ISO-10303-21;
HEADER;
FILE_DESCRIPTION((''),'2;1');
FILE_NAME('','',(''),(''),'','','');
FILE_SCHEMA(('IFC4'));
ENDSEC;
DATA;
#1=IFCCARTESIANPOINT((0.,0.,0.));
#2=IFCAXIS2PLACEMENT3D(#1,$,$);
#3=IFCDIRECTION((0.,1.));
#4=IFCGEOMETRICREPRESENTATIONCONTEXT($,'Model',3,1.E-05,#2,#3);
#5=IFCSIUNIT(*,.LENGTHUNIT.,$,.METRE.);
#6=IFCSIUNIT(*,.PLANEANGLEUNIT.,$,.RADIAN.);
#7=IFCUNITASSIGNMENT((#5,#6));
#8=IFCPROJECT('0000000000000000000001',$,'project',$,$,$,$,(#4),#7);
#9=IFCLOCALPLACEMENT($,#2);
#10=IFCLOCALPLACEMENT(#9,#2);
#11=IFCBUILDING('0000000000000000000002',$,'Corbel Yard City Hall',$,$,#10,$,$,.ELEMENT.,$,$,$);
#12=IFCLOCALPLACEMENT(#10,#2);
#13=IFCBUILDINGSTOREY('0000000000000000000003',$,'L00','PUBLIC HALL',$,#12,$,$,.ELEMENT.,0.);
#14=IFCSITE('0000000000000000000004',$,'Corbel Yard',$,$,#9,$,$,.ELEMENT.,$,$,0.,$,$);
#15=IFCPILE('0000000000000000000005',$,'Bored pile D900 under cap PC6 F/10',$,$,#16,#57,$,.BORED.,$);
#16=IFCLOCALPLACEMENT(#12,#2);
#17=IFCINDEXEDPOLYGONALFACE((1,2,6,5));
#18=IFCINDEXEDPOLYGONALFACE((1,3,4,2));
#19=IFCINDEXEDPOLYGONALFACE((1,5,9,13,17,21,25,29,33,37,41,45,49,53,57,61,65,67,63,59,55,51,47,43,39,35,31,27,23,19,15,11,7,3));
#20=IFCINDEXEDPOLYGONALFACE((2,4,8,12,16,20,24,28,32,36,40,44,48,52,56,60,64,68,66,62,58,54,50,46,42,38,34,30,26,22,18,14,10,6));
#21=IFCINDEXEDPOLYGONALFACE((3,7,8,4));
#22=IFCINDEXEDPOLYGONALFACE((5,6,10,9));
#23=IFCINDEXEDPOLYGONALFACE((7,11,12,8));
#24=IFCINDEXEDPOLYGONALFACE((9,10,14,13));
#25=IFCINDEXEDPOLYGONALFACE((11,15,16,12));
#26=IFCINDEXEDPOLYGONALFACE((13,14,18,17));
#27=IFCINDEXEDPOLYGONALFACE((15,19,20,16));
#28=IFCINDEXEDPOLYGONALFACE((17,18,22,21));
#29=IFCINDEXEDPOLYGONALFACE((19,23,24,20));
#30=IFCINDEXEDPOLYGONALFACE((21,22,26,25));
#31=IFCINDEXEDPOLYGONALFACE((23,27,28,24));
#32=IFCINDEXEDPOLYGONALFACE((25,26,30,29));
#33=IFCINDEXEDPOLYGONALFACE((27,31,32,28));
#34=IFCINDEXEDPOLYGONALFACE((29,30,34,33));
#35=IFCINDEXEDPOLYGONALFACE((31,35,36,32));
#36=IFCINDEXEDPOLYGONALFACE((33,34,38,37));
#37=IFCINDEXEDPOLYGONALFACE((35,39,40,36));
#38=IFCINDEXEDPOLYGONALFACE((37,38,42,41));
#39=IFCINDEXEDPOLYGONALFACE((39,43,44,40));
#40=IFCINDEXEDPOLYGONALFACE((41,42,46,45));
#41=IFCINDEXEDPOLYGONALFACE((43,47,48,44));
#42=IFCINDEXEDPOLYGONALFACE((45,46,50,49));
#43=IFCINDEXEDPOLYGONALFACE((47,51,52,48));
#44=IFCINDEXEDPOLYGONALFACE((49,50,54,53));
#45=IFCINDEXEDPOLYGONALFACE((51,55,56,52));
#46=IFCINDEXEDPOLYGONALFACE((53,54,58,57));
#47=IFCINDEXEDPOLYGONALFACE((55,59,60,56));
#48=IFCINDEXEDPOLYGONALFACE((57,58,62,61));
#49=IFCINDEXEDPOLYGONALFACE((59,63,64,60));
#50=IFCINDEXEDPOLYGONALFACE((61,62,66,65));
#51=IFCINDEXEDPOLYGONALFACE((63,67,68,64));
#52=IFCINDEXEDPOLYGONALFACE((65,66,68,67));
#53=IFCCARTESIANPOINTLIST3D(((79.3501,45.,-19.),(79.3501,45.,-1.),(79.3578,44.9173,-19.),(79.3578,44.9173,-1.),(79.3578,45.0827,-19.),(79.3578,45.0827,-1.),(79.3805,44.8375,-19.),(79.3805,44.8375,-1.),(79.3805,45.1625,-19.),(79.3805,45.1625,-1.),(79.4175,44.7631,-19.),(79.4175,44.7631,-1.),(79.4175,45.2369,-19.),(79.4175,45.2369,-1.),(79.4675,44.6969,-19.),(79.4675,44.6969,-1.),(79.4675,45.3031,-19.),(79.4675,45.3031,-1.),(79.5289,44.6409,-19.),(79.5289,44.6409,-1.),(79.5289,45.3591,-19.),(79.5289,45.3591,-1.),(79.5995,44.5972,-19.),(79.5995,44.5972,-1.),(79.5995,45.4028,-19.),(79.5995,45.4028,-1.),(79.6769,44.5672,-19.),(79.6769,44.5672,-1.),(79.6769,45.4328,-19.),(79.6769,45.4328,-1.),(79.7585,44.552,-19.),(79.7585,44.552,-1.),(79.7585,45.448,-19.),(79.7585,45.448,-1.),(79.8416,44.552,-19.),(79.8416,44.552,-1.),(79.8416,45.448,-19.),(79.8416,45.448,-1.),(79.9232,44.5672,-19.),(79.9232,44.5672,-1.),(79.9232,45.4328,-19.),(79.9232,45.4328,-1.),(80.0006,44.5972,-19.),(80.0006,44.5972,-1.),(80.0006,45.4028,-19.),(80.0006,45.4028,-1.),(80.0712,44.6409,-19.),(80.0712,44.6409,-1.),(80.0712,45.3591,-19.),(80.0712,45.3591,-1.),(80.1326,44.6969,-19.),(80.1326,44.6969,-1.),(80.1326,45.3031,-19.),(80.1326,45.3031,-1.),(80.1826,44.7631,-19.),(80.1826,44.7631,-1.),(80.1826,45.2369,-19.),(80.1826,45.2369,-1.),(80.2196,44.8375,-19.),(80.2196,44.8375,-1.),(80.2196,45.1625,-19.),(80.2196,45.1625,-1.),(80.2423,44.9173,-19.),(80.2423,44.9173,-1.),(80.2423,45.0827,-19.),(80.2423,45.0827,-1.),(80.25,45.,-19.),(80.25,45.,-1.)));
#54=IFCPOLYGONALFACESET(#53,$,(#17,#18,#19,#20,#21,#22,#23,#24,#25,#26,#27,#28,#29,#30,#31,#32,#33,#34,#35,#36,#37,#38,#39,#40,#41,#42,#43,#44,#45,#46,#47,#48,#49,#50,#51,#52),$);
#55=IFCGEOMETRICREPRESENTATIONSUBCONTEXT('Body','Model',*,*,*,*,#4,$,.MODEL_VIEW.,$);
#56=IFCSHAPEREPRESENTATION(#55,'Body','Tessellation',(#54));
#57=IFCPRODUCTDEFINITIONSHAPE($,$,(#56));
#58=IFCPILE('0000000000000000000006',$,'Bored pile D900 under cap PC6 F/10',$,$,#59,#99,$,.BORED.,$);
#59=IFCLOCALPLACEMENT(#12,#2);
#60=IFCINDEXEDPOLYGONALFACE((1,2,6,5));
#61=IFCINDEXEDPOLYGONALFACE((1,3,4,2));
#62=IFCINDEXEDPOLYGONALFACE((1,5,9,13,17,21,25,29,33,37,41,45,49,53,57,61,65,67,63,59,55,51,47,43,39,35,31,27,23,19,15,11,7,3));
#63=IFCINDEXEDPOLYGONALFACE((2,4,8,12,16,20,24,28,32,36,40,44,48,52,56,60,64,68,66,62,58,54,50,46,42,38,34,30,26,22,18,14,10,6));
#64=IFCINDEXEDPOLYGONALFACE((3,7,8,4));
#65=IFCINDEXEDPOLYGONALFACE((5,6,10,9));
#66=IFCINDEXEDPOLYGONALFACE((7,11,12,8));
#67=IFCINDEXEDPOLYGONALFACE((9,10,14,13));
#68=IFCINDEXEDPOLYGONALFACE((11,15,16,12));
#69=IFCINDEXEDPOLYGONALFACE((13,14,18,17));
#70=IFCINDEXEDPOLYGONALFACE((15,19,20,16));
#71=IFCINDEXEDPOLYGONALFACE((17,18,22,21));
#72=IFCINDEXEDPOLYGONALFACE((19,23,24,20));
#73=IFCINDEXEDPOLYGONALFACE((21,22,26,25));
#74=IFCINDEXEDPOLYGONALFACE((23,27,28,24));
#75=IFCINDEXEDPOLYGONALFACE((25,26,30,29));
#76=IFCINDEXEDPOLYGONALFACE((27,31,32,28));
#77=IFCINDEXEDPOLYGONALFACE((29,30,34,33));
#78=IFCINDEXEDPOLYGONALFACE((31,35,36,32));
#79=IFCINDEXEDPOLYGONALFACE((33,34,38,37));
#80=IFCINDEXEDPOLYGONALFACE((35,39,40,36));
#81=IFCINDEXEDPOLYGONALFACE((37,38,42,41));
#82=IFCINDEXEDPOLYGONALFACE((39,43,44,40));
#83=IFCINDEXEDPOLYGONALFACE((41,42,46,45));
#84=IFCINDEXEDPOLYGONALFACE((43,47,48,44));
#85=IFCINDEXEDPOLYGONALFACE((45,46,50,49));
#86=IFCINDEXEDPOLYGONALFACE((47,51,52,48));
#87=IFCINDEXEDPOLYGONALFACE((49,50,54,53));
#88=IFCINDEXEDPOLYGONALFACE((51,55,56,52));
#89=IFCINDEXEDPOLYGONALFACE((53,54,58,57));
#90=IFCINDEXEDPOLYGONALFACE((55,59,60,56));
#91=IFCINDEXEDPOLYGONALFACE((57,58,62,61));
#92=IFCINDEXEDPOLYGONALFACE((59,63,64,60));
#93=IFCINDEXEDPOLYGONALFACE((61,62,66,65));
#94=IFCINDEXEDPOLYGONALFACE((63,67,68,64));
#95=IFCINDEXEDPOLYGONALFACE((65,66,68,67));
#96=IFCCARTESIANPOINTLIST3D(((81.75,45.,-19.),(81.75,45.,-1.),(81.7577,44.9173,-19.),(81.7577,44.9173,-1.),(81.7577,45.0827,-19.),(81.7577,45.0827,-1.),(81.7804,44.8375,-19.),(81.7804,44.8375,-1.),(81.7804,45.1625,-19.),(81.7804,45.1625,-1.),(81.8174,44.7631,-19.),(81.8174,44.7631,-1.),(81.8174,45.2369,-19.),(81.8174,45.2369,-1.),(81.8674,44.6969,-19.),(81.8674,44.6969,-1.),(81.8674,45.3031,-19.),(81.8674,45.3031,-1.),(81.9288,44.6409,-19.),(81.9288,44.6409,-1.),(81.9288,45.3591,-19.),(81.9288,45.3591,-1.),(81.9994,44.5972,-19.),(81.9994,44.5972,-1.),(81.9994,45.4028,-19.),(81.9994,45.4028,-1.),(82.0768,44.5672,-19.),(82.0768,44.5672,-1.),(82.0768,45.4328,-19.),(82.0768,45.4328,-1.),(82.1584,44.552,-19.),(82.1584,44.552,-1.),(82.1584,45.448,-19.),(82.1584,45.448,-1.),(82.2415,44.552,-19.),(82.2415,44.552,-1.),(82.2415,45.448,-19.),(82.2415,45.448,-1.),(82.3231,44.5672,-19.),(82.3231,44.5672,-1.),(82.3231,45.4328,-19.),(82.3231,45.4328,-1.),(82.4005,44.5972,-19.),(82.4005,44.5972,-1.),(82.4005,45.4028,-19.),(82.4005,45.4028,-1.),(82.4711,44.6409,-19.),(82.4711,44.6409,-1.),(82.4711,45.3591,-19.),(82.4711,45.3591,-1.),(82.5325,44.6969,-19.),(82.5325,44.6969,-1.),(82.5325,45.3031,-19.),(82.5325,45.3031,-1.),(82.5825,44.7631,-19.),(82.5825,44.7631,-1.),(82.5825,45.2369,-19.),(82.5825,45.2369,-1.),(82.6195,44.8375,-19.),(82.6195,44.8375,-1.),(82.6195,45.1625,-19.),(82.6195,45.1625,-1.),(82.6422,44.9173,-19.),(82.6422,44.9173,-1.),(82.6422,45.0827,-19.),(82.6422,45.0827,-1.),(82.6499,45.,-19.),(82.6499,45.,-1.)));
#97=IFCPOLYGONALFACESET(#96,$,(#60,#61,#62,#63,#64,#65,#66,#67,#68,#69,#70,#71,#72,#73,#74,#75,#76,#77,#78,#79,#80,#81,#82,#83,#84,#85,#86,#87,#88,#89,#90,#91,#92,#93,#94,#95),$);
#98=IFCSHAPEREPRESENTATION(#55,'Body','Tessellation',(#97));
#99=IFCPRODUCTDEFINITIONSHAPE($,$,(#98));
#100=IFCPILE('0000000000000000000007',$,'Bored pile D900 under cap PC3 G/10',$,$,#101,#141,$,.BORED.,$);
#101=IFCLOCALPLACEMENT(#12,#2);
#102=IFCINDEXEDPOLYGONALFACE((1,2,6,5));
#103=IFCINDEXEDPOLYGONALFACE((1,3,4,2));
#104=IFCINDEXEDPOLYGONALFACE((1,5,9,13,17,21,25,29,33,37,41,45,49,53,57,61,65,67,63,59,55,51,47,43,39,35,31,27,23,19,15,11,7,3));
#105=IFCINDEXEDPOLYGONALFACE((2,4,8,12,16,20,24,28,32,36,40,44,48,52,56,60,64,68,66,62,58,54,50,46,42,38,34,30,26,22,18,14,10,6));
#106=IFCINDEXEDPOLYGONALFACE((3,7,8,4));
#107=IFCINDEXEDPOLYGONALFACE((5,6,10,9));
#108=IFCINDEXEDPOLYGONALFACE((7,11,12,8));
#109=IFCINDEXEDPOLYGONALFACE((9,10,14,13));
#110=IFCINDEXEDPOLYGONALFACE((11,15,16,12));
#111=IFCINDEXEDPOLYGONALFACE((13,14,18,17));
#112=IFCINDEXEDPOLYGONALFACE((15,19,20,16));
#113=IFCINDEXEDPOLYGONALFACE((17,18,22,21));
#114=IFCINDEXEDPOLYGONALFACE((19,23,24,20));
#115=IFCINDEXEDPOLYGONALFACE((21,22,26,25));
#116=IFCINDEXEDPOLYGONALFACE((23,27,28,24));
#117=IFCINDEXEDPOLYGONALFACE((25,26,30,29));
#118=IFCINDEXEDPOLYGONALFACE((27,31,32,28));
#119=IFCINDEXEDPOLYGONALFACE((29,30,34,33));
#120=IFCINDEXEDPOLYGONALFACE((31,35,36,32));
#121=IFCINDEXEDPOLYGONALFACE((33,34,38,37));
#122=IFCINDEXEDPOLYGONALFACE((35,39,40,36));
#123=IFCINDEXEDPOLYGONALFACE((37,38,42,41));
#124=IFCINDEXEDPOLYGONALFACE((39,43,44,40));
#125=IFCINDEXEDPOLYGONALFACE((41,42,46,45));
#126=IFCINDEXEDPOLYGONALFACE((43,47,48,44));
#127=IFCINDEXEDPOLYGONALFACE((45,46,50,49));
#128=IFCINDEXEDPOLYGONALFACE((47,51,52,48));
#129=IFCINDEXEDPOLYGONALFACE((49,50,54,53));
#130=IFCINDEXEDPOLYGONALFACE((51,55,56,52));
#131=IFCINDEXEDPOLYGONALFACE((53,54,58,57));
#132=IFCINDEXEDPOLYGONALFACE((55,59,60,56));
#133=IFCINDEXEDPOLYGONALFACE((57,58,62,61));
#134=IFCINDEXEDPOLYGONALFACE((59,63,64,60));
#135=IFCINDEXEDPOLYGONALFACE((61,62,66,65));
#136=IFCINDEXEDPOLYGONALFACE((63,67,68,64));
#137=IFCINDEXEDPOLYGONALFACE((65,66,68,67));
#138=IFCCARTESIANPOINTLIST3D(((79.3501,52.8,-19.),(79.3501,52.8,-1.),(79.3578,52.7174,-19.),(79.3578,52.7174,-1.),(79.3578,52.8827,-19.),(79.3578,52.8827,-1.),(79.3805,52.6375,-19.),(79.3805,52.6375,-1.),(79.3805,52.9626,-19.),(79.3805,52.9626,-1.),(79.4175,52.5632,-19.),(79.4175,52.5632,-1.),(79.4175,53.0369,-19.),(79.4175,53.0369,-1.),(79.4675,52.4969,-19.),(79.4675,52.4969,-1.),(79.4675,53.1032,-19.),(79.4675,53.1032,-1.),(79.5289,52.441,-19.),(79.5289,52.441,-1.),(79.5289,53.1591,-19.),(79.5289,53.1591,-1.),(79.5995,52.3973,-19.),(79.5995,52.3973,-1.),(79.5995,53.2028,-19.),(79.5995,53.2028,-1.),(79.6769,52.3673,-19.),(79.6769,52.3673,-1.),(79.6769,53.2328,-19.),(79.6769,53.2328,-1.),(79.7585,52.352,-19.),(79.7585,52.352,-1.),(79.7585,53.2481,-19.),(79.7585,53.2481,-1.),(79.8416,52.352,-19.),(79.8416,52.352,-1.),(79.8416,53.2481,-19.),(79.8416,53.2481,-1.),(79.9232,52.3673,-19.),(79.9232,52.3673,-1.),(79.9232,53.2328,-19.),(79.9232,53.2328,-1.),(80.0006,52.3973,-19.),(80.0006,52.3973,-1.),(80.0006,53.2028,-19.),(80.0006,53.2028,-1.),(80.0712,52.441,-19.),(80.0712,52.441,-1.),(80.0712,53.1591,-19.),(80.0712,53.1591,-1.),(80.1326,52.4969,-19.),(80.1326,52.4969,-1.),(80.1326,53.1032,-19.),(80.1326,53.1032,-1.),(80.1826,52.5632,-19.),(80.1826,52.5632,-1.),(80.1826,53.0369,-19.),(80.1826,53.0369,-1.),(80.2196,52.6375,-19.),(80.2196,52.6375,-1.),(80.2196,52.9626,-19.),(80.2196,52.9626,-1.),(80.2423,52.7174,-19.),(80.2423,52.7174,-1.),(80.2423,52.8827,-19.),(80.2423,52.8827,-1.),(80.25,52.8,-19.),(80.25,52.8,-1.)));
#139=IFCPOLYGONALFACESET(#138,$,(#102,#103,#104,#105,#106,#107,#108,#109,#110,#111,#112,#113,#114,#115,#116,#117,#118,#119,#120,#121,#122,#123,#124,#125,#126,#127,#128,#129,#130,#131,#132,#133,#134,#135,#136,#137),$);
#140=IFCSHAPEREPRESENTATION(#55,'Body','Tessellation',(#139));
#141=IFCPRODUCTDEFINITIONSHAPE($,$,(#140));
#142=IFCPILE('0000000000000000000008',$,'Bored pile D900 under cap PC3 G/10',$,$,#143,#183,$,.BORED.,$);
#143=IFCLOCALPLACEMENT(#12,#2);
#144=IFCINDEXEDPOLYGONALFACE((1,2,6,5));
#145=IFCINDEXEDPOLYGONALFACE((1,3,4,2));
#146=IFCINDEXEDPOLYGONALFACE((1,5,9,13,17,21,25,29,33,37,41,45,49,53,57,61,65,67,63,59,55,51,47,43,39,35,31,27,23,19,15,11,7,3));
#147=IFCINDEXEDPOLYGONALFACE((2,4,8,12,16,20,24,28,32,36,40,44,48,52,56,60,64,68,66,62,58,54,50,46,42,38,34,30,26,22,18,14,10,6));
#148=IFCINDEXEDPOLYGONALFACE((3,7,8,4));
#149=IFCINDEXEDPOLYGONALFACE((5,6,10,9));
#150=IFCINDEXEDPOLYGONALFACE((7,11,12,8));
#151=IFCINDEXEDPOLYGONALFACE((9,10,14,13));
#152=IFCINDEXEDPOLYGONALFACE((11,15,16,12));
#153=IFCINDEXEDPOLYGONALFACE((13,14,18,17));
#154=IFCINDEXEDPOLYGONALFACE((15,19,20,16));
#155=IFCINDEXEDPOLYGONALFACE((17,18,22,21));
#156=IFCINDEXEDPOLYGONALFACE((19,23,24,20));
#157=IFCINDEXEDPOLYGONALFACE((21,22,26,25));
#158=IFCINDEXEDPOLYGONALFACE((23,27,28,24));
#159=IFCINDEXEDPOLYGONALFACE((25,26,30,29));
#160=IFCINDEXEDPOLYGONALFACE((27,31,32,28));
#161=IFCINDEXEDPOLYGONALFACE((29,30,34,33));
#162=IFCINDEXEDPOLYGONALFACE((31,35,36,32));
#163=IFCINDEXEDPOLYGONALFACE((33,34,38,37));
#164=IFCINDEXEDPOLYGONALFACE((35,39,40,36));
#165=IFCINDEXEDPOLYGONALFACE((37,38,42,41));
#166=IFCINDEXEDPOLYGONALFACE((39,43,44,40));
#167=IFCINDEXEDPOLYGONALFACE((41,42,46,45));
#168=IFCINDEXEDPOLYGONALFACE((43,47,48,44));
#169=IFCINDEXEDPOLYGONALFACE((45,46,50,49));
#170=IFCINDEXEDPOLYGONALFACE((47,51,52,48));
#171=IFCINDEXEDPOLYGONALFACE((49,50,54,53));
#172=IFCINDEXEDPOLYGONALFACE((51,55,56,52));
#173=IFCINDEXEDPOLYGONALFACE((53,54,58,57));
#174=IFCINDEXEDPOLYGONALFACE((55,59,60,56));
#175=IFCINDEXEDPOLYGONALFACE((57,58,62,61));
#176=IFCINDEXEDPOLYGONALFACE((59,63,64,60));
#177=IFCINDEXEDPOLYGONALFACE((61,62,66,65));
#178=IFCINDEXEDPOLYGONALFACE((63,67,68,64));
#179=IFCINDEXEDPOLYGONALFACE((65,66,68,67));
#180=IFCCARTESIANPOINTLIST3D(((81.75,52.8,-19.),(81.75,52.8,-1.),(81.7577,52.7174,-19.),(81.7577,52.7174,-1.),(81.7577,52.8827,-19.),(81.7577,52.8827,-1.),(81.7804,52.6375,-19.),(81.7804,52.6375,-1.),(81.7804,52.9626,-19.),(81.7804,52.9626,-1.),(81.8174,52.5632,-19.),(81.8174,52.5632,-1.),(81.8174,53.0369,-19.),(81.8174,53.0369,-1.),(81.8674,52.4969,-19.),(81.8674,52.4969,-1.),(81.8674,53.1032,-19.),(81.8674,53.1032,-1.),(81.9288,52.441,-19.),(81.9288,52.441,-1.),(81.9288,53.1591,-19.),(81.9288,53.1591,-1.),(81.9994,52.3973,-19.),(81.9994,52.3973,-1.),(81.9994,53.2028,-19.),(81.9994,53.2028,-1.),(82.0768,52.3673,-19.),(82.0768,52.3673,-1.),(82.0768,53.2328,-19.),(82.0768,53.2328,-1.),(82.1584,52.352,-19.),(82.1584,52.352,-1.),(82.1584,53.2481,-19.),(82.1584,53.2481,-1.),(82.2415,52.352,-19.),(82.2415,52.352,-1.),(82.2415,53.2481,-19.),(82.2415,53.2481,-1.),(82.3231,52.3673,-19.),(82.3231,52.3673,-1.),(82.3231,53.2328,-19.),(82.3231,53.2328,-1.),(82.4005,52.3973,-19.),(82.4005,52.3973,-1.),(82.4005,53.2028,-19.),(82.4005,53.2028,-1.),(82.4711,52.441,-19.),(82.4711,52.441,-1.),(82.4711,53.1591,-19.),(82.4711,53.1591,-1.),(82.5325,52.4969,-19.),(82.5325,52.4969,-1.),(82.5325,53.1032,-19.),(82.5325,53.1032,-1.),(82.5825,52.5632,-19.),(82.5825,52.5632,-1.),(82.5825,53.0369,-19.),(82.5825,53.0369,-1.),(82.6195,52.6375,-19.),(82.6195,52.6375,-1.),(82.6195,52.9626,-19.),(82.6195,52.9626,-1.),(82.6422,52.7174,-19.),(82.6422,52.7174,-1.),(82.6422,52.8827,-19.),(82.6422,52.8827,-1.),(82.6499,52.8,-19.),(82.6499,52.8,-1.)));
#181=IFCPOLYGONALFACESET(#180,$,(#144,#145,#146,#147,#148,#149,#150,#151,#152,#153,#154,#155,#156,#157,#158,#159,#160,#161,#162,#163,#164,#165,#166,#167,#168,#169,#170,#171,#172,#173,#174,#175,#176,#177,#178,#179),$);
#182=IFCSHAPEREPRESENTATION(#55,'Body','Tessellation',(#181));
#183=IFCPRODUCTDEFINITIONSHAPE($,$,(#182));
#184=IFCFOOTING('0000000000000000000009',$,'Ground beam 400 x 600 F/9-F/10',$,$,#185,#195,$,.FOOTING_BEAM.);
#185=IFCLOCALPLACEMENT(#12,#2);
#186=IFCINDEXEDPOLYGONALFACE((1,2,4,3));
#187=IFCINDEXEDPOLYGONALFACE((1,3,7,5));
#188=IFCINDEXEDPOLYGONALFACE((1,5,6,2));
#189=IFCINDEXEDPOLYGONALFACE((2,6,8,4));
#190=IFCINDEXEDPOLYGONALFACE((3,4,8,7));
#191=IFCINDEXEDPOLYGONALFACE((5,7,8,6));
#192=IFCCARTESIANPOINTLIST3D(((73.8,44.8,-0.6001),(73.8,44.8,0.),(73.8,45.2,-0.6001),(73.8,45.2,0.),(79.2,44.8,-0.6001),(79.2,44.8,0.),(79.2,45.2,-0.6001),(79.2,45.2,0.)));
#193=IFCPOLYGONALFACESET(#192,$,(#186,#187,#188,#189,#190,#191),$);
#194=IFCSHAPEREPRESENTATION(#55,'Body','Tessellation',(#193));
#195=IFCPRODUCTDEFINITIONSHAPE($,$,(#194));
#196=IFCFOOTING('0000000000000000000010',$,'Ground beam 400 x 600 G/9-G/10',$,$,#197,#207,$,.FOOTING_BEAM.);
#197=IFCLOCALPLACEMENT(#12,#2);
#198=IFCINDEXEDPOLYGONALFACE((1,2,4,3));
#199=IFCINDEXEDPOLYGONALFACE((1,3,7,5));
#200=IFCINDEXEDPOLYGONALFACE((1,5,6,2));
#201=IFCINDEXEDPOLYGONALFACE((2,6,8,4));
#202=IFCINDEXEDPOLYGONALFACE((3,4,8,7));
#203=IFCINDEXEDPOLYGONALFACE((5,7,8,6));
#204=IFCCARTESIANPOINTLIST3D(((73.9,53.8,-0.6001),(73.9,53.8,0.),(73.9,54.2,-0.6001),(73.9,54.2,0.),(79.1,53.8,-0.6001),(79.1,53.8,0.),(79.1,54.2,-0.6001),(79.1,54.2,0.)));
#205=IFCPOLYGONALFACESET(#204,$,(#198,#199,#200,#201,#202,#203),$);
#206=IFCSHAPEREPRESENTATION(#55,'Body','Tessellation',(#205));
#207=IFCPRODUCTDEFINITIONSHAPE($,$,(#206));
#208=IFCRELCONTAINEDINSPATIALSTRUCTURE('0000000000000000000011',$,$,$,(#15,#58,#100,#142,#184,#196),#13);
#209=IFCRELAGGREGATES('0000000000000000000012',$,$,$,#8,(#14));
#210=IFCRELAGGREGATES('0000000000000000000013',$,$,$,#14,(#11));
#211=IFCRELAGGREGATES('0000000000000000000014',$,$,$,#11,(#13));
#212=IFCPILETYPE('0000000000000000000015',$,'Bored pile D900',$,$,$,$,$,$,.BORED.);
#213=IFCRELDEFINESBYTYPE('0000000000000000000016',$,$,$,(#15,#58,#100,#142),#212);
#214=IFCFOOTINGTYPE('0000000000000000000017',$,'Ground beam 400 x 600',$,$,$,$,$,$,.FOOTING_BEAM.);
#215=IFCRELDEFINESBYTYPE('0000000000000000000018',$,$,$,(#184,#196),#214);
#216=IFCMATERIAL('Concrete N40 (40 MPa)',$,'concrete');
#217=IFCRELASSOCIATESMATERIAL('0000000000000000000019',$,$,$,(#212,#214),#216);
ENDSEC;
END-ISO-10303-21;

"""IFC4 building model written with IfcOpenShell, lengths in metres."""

from ifc_helpers import new_model, si_unit, direction, frame, origin, origin_2d, place, context, subcontext, project, spatial, rectangle, circle, extrude, material, material_profile, profile_set, type_object, element, save


model = new_model("IFC4")

# Units and contexts
model_context = context("Model", 3, precision=1e-05, world=origin(), true_north=direction((0.0, 1.0)))
body_context = subcontext(model_context, "Body", "Model", "MODEL_VIEW")
ifc_project = project(units=[si_unit("LENGTHUNIT", "METRE"), si_unit("PLANEANGLEUNIT", "RADIAN")], contexts=[model_context])

# Site, building, storey
site_placement = place(None, origin())
site = spatial("IfcSite", under=ifc_project, at=site_placement, Name="Corbel Yard", CompositionType="ELEMENT", RefElevation=0.0)
building_placement = place(site_placement, origin())
building = spatial("IfcBuilding", under=site, at=building_placement, Name="Corbel Yard City Hall", CompositionType="ELEMENT")
storey_placement = place(building_placement, origin())
storey = spatial("IfcBuildingStorey", under=building, at=storey_placement, Name="L00", Description="PUBLIC HALL", CompositionType="ELEMENT", Elevation=0.0)

# Piles
ifc_material_1 = material(Name="Concrete N40 (40 MPa)", Category="concrete")
ifc_material_profile_1 = material_profile(ifc_material_1, circle(Radius=0.45, at=origin_2d()), Name="D900")
ifc_profile_set_1 = profile_set([ifc_material_profile_1], Name="Concrete N40 (40 MPa)")
pile_type = type_object("IfcPileType", Name="Bored pile D900", PredefinedType="BORED", material=ifc_profile_set_1)
for number, where, z_axis, x_axis, name in (
    (1, (79.8, 45.0, -1.0), (0.0, 0.0, -1.0), (1.0, 0.0, 0.0), "Bored pile D900 under cap PC6 F/10"),
    (2, (82.2, 45.0, -1.0), (0.0, 0.0, -1.0), (1.0, 0.0, 0.0), "Bored pile D900 under cap PC6 F/10"),
    (3, (79.8, 52.8, -1.0), (0.0, 0.0, -1.0), (1.0, 0.0, 0.0), "Bored pile D900 under cap PC3 G/10"),
    (4, (82.2, 52.8, -1.0), (0.0, 0.0, -1.0), (1.0, 0.0, 0.0), "Bored pile D900 under cap PC3 G/10"),
):
    element("IfcPile", number, at=place(storey_placement, frame(where, z_axis=z_axis, x_axis=x_axis)), inside=storey, type_object=pile_type, Name=name, PredefinedType="BORED", context=body_context, shape_type="SweptSolid", body=[
        extrude(circle(Radius=0.45, at=origin_2d()), origin(), (0.0, 0.0, 1.0), 18.0),
    ])

# Footings
footing_type_1 = type_object("IfcFootingType", Name="Ground beam 400 x 600", PredefinedType="FOOTING_BEAM", material=ifc_material_1)
footing_1_placement = place(storey_placement, frame((76.5, 45.0, -0.6001), z_axis=(0.0, 0.0, 1.0), x_axis=(1.0, 0.0, 0.0)))
element("IfcFooting", 5, at=footing_1_placement, inside=storey, type_object=footing_type_1, Name="Ground beam 400 x 600 F/9-F/10", PredefinedType="FOOTING_BEAM", context=body_context, shape_type="SweptSolid", body=[
    extrude(rectangle(XDim=5.3999, YDim=0.3999, at=origin_2d()), origin(), (0.0, 0.0, 1.0), 0.6001),
])
footing_2_placement = place(storey_placement, frame((76.5, 54.0, -0.6001), z_axis=(0.0, 0.0, 1.0), x_axis=(1.0, 0.0, 0.0)))
element("IfcFooting", 6, at=footing_2_placement, inside=storey, type_object=footing_type_1, Name="Ground beam 400 x 600 G/9-G/10", PredefinedType="FOOTING_BEAM", context=body_context, shape_type="SweptSolid", body=[
    extrude(rectangle(XDim=5.2, YDim=0.3999, at=origin_2d()), origin(), (0.0, 0.0, 1.0), 0.6001),
])

save(model, "model.ifc")
